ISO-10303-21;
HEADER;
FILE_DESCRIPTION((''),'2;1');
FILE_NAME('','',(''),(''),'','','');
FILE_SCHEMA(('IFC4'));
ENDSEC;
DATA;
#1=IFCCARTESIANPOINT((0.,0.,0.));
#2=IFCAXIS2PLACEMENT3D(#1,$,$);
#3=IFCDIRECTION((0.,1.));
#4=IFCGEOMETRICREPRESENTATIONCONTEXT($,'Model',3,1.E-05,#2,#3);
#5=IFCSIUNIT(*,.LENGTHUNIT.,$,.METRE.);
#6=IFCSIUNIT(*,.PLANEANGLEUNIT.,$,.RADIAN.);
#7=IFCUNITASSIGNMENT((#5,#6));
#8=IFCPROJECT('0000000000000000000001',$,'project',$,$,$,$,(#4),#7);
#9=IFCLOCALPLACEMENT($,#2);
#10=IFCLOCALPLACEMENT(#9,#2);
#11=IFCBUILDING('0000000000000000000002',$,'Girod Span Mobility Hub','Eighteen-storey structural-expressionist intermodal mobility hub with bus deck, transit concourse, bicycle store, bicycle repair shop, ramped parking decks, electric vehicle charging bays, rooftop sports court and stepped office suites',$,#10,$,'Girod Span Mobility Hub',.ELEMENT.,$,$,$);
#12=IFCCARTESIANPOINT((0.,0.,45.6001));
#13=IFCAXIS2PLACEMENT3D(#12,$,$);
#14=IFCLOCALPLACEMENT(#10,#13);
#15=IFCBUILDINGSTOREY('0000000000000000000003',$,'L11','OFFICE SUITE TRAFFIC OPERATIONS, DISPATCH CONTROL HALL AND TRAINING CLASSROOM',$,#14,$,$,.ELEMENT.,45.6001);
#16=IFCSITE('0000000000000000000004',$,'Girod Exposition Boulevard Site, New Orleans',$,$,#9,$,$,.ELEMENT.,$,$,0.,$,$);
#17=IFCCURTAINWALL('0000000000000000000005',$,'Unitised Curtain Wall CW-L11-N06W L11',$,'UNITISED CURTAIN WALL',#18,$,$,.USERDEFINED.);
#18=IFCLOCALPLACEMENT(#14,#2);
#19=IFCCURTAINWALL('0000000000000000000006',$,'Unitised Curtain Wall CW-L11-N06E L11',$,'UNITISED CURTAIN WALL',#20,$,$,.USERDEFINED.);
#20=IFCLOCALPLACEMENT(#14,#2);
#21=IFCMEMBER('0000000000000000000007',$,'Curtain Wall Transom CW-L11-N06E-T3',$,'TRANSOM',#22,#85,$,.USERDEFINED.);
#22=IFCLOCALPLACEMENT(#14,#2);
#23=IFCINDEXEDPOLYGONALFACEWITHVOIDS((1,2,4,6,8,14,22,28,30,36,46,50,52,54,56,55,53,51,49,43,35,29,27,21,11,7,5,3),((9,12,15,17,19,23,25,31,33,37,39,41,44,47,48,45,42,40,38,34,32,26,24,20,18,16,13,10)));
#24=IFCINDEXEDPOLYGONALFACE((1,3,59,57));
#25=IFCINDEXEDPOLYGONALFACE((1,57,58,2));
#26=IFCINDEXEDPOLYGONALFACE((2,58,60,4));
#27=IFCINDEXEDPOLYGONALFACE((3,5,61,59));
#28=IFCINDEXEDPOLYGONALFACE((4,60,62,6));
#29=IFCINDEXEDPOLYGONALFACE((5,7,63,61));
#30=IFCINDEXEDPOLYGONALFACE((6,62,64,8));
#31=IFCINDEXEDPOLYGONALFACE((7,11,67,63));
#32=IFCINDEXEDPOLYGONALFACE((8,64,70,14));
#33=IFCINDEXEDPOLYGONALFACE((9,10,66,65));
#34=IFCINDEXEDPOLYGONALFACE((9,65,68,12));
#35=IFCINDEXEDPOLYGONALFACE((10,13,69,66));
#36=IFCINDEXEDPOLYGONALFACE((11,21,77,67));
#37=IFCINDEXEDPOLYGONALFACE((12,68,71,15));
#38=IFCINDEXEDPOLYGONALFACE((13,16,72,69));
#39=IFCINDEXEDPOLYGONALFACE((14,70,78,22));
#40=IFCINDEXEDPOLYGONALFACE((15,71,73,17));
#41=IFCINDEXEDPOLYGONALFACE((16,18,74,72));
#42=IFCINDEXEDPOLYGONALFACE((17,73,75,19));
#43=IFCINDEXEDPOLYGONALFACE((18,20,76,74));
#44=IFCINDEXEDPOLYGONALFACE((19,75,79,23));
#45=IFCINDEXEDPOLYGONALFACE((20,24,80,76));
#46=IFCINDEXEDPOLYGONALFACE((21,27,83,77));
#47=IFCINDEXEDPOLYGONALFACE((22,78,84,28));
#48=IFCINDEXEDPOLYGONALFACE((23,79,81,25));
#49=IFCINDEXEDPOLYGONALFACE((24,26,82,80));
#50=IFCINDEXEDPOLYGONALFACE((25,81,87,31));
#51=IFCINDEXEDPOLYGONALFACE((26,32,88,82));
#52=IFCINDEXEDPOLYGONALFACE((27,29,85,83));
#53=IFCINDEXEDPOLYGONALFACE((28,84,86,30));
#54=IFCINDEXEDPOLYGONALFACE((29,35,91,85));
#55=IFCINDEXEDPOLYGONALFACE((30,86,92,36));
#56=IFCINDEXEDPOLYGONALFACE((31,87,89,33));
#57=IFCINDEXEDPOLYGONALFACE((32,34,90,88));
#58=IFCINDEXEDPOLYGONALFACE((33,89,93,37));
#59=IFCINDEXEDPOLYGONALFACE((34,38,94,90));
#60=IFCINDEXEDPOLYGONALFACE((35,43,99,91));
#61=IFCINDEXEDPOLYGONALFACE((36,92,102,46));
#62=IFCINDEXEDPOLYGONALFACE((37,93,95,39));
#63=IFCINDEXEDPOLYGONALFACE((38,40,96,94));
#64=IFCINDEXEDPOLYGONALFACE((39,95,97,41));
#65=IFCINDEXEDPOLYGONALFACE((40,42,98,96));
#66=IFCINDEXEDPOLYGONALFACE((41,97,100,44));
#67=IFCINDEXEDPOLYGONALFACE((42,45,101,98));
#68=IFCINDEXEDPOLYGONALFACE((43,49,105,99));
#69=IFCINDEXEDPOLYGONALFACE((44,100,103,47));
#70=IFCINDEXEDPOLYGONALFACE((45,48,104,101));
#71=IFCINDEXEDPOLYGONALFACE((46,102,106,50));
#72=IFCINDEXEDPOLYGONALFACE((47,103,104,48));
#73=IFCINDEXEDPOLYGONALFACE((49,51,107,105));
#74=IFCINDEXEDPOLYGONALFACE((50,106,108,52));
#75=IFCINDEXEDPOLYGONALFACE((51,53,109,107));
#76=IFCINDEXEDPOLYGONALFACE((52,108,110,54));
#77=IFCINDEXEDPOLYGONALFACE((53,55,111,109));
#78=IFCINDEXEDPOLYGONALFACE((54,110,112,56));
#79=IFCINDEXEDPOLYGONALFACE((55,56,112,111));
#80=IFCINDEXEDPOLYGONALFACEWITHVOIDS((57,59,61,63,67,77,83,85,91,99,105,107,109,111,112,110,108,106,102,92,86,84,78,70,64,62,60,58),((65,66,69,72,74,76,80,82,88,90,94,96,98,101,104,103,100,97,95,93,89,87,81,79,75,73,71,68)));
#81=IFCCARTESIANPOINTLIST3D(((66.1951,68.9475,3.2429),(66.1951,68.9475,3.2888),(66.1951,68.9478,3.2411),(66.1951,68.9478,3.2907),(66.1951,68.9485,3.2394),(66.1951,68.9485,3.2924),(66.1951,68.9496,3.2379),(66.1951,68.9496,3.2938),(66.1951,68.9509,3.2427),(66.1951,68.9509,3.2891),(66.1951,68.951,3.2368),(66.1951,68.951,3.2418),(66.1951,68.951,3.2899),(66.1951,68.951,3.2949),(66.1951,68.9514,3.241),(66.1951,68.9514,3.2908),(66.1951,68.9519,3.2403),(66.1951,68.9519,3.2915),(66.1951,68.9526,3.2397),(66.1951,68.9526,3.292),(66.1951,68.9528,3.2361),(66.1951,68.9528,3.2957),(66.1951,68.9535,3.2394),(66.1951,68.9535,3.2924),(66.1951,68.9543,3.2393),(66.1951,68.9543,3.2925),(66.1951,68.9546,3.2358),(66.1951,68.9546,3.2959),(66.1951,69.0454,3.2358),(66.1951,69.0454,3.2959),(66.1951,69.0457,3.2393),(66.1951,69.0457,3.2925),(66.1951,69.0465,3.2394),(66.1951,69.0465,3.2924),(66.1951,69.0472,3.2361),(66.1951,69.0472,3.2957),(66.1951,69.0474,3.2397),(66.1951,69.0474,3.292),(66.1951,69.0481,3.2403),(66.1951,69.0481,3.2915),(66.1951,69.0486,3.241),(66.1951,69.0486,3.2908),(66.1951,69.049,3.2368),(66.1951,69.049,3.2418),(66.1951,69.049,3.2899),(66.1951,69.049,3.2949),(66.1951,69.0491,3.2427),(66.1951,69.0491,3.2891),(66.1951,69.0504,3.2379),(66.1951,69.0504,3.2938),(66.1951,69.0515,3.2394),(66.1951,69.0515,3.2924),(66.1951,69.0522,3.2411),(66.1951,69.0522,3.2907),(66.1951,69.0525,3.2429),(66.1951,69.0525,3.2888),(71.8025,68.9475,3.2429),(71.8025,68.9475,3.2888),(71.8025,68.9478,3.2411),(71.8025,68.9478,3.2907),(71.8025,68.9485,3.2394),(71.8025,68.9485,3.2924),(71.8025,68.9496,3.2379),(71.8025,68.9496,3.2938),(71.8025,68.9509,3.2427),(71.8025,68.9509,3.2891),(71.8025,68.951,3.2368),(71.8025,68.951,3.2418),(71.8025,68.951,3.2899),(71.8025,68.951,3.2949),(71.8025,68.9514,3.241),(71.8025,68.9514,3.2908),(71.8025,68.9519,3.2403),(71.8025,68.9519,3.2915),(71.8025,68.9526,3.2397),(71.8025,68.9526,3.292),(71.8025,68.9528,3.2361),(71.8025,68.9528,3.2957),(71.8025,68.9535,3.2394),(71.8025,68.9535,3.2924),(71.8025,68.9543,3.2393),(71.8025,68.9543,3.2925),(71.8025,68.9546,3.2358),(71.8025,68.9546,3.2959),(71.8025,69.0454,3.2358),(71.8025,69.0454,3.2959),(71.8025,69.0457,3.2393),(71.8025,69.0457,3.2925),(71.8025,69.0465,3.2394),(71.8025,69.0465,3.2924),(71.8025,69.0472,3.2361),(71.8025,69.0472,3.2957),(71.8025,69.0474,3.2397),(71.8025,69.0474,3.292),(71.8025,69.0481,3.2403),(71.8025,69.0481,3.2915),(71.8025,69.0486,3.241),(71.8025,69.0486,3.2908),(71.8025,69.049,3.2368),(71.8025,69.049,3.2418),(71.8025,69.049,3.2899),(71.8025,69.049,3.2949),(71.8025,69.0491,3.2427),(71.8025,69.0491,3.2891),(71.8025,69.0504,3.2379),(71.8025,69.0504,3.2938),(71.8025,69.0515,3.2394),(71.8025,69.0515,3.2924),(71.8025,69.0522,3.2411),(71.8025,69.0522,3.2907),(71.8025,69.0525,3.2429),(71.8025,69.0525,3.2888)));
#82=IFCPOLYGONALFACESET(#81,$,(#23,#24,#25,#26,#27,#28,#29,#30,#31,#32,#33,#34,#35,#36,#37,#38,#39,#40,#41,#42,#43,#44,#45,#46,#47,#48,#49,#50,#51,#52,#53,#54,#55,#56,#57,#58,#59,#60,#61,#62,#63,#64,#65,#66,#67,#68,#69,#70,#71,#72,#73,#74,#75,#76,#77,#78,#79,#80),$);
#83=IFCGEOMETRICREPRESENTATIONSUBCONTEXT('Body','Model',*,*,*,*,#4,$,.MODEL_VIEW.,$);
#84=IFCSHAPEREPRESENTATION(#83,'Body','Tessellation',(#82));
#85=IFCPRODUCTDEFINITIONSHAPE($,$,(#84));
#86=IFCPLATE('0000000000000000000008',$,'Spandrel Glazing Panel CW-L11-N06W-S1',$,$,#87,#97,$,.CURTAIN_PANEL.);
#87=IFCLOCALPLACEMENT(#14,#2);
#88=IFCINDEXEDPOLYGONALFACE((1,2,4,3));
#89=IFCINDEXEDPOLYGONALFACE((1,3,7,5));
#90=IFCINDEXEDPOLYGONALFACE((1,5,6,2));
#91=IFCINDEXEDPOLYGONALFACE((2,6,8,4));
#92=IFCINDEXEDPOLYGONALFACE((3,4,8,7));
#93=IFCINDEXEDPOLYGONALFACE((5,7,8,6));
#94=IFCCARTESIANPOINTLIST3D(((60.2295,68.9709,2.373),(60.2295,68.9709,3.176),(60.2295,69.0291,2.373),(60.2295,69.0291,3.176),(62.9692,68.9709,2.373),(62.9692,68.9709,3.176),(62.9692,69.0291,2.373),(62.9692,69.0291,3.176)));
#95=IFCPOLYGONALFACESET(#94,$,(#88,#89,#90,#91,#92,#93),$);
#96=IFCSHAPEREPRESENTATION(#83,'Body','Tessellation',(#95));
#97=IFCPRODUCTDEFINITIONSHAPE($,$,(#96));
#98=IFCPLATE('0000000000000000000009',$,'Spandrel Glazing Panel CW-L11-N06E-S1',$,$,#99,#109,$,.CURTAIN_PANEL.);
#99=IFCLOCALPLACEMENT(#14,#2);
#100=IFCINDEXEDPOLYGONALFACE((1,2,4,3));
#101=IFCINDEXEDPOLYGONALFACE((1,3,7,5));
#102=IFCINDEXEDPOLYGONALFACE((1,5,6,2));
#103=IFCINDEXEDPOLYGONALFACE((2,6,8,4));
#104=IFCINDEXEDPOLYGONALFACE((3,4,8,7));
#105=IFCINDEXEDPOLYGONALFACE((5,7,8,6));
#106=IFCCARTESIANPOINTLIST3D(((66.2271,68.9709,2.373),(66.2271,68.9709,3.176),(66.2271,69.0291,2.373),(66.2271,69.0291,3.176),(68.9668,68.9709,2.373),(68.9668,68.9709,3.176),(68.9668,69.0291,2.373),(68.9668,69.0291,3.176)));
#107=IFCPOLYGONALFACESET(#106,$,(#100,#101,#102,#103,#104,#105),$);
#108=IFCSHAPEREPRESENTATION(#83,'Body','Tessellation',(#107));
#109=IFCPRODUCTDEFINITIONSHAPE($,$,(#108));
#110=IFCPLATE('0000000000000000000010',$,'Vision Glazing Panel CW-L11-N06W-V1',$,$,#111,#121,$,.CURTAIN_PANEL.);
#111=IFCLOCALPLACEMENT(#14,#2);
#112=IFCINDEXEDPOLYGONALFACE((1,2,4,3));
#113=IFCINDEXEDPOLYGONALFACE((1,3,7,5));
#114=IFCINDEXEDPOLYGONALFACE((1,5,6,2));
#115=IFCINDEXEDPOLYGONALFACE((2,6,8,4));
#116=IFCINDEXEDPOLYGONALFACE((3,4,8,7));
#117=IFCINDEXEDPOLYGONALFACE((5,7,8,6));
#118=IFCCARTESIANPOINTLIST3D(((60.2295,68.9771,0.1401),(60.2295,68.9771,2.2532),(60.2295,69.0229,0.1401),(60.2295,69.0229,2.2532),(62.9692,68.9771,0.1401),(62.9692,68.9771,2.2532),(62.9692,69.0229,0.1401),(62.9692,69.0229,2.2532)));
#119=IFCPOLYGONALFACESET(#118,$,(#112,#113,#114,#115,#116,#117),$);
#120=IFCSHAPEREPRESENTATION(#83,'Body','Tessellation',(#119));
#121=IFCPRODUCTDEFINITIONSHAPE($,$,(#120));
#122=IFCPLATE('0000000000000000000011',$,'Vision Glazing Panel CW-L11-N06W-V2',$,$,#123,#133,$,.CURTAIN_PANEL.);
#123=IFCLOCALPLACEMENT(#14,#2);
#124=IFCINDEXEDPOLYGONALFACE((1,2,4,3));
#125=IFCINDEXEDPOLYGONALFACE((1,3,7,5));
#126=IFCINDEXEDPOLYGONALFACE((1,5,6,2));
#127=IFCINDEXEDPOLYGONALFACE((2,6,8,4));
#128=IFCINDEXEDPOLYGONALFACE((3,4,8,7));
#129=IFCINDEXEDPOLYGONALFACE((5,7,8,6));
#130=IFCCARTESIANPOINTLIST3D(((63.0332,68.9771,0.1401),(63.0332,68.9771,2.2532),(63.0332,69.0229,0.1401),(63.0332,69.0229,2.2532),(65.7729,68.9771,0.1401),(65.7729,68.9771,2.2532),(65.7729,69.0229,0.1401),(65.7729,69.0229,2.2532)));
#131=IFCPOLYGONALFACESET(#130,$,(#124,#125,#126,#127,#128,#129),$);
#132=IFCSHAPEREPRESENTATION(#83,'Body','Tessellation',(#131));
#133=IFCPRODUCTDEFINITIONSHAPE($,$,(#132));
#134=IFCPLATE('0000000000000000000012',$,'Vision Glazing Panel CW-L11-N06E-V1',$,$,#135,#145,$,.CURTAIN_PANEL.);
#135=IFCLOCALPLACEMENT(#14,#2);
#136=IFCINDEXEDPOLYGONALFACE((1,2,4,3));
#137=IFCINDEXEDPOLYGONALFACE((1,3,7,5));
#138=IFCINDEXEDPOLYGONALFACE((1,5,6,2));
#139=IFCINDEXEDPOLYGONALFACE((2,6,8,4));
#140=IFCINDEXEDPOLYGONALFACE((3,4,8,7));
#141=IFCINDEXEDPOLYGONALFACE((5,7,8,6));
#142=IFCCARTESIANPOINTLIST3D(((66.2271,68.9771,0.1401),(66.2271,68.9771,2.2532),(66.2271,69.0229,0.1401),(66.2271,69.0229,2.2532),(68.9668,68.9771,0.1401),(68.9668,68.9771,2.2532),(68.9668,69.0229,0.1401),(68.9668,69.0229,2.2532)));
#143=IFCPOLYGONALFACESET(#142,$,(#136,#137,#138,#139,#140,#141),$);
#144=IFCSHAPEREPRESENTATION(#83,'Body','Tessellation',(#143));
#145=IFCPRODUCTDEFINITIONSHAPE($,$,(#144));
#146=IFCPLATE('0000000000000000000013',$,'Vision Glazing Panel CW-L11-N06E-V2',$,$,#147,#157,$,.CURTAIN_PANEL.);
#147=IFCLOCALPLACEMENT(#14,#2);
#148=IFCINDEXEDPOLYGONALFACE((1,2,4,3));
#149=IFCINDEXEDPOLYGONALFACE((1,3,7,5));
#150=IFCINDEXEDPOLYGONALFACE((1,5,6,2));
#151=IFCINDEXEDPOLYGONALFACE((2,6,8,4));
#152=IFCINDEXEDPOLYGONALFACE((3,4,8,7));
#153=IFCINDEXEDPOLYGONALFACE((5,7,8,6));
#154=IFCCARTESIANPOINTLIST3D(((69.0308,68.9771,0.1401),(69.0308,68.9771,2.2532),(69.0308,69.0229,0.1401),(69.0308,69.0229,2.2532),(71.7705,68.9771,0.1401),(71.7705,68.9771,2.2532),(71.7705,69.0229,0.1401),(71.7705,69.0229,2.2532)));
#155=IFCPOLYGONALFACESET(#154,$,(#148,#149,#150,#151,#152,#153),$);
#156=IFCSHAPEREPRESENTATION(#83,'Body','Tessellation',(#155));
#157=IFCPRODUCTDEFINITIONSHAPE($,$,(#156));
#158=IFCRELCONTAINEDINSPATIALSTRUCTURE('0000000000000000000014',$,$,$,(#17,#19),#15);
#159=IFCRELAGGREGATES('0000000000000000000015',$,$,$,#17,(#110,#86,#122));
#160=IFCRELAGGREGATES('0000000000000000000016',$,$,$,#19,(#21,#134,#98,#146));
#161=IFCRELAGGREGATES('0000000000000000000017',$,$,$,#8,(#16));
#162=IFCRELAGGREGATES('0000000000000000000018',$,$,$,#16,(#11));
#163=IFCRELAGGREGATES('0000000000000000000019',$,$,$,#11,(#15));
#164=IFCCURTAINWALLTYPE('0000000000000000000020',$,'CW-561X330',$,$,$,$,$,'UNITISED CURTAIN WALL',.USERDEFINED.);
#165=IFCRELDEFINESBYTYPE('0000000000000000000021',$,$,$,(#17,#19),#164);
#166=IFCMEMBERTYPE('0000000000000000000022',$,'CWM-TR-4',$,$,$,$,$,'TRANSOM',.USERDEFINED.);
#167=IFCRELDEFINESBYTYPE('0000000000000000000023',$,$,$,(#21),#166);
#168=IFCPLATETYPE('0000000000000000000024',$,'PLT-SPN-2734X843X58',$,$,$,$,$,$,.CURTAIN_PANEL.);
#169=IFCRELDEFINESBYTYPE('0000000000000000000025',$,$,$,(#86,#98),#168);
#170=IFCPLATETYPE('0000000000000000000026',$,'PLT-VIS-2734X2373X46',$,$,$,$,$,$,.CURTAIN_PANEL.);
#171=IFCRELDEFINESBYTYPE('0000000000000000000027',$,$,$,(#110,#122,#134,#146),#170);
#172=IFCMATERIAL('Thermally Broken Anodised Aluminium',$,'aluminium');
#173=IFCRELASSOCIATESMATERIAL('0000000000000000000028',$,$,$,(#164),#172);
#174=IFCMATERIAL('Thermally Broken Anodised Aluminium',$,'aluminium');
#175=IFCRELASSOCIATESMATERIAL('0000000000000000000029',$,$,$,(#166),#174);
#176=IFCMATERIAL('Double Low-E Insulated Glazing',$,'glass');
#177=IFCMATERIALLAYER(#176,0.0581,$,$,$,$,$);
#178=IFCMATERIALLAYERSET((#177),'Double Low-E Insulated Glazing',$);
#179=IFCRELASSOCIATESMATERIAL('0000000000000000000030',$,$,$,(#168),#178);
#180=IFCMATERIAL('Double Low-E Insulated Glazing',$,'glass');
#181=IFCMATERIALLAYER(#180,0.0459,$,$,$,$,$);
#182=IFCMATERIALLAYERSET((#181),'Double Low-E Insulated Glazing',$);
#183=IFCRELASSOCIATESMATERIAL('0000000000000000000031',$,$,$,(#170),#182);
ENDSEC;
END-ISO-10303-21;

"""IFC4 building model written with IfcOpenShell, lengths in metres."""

from ifc_helpers import new_model, si_unit, direction, frame, origin, origin_2d, place, context, subcontext, project, spatial, rectangle, hollow_rectangle, extrude, material, layer, layer_set, material_profile, profile_set, type_object, element, aggregate, save


model = new_model("IFC4")

# Units and contexts
model_context = context("Model", 3, precision=1e-05, world=origin(), true_north=direction((0.0, 1.0)))
body_context = subcontext(model_context, "Body", "Model", "MODEL_VIEW")
ifc_project = project(units=[si_unit("LENGTHUNIT", "METRE"), si_unit("PLANEANGLEUNIT", "RADIAN")], contexts=[model_context])

# Site, building, storey
site_placement = place(None, origin())
site = spatial("IfcSite", under=ifc_project, at=site_placement, Name="Girod Exposition Boulevard Site, New Orleans", CompositionType="ELEMENT", RefElevation=0.0)
building_placement = place(site_placement, origin())
building = spatial("IfcBuilding", under=site, at=building_placement, Name="Girod Span Mobility Hub", Description="Eighteen-storey structural-expressionist intermodal mobility hub with bus deck, transit concourse, bicycle store, bicycle repair shop, ramped parking decks, electric vehicle charging bays, rooftop sports court and stepped office suites", LongName="Girod Span Mobility Hub", CompositionType="ELEMENT")
storey_placement = place(building_placement, frame((0.0, 0.0, 45.6001)))
storey = spatial("IfcBuildingStorey", under=building, at=storey_placement, Name="L11", Description="OFFICE SUITE TRAFFIC OPERATIONS, DISPATCH CONTROL HALL AND TRAINING CLASSROOM", CompositionType="ELEMENT", Elevation=45.6001)

# Curtain walls, member
ifc_material_1 = material(Name="Thermally Broken Anodised Aluminium", Category="aluminium")
curtain_wall_type = type_object("IfcCurtainWallType", Name="CW-561X330", ElementType="UNITISED CURTAIN WALL", PredefinedType="USERDEFINED", material=ifc_material_1)
curtain_wall_1_placement = place(storey_placement, origin())
curtain_wall_1 = element("IfcCurtainWall", 1, at=curtain_wall_1_placement, inside=storey, type_object=curtain_wall_type, Name="Unitised Curtain Wall CW-L11-N06W L11", ObjectType="UNITISED CURTAIN WALL", PredefinedType="USERDEFINED")
curtain_wall_2_placement = place(storey_placement, origin())
curtain_wall_2 = element("IfcCurtainWall", 2, at=curtain_wall_2_placement, inside=storey, type_object=curtain_wall_type, Name="Unitised Curtain Wall CW-L11-N06E L11", ObjectType="UNITISED CURTAIN WALL", PredefinedType="USERDEFINED")
ifc_material_2 = material(Name="Thermally Broken Anodised Aluminium", Category="aluminium")
ifc_material_profile_1 = material_profile(ifc_material_2, hollow_rectangle(XDim=0.105, YDim=0.0601, WallThickness=0.0034, InnerFilletRadius=0.0034, OuterFilletRadius=0.0071, at=origin_2d()), Name="CW-TR-60X105")
ifc_profile_set_1 = profile_set([ifc_material_profile_1], Name="Thermally Broken Anodised Aluminium")
member_type_1 = type_object("IfcMemberType", Name="CWM-TR-4", ElementType="TRANSOM", PredefinedType="USERDEFINED", material=ifc_profile_set_1)
member_1_placement = place(storey_placement, frame((66.1951, 69.0, 3.2659), z_axis=(1.0, 0.0, 0.0), x_axis=(0.0, 1.0, 0.0)))
member_1 = element("IfcMember", 3, at=member_1_placement, type_object=member_type_1, Name="Curtain Wall Transom CW-L11-N06E-T3", ObjectType="TRANSOM", PredefinedType="USERDEFINED", context=body_context, shape_type="SweptSolid", body=[
    extrude(hollow_rectangle(XDim=0.105, YDim=0.0601, WallThickness=0.0034, InnerFilletRadius=0.0034, OuterFilletRadius=0.0071, at=origin_2d()), origin(), (0.0, 0.0, 1.0), 5.6074),
])

# Plates
ifc_material_3 = material(Name="Double Low-E Insulated Glazing", Category="glass")
ifc_layer_1 = layer(ifc_material_3, 0.0581)
ifc_layer_set_1 = layer_set([ifc_layer_1], Name="Double Low-E Insulated Glazing")
plate_type_1 = type_object("IfcPlateType", Name="PLT-SPN-2734X843X58", PredefinedType="CURTAIN_PANEL", material=ifc_layer_set_1)
plate_1_placement = place(storey_placement, frame((61.5994, 69.0, 2.373), z_axis=(0.0, 0.0, 1.0), x_axis=(1.0, 0.0, 0.0)))
plate_1 = element("IfcPlate", 4, at=plate_1_placement, type_object=plate_type_1, Name="Spandrel Glazing Panel CW-L11-N06W-S1", PredefinedType="CURTAIN_PANEL", context=body_context, shape_type="SweptSolid", body=[
    extrude(rectangle(XDim=2.7397, YDim=0.0581, at=origin_2d()), origin(), (0.0, 0.0, 1.0), 0.803),
])
plate_2_placement = place(storey_placement, frame((67.5969, 69.0, 2.373), z_axis=(0.0, 0.0, 1.0), x_axis=(1.0, 0.0, 0.0)))
plate_2 = element("IfcPlate", 5, at=plate_2_placement, type_object=plate_type_1, Name="Spandrel Glazing Panel CW-L11-N06E-S1", PredefinedType="CURTAIN_PANEL", context=body_context, shape_type="SweptSolid", body=[
    extrude(rectangle(XDim=2.7397, YDim=0.0581, at=origin_2d()), origin(), (0.0, 0.0, 1.0), 0.803),
])
ifc_material_4 = material(Name="Double Low-E Insulated Glazing", Category="glass")
ifc_layer_2 = layer(ifc_material_4, 0.0459)
ifc_layer_set_2 = layer_set([ifc_layer_2], Name="Double Low-E Insulated Glazing")
plate_type_2 = type_object("IfcPlateType", Name="PLT-VIS-2734X2373X46", PredefinedType="CURTAIN_PANEL", material=ifc_layer_set_2)
plate_3_placement = place(storey_placement, frame((61.5994, 69.0, 0.1401), z_axis=(0.0, 0.0, 1.0), x_axis=(1.0, 0.0, 0.0)))
plate_3 = element("IfcPlate", 6, at=plate_3_placement, type_object=plate_type_2, Name="Vision Glazing Panel CW-L11-N06W-V1", PredefinedType="CURTAIN_PANEL", context=body_context, shape_type="SweptSolid", body=[
    extrude(rectangle(XDim=2.7397, YDim=0.0459, at=origin_2d()), origin(), (0.0, 0.0, 1.0), 2.113),
])
plate_4_placement = place(storey_placement, frame((64.4031, 69.0, 0.1401), z_axis=(0.0, 0.0, 1.0), x_axis=(1.0, 0.0, 0.0)))
plate_4 = element("IfcPlate", 7, at=plate_4_placement, type_object=plate_type_2, Name="Vision Glazing Panel CW-L11-N06W-V2", PredefinedType="CURTAIN_PANEL", context=body_context, shape_type="SweptSolid", body=[
    extrude(rectangle(XDim=2.7397, YDim=0.0459, at=origin_2d()), origin(), (0.0, 0.0, 1.0), 2.113),
])
aggregate(curtain_wall_1, [plate_3, plate_1, plate_4])
plate_5_placement = place(storey_placement, frame((67.5969, 69.0, 0.1401), z_axis=(0.0, 0.0, 1.0), x_axis=(1.0, 0.0, 0.0)))
plate_5 = element("IfcPlate", 8, at=plate_5_placement, type_object=plate_type_2, Name="Vision Glazing Panel CW-L11-N06E-V1", PredefinedType="CURTAIN_PANEL", context=body_context, shape_type="SweptSolid", body=[
    extrude(rectangle(XDim=2.7397, YDim=0.0459, at=origin_2d()), origin(), (0.0, 0.0, 1.0), 2.113),
])
plate_6_placement = place(storey_placement, frame((70.4006, 69.0, 0.1401), z_axis=(0.0, 0.0, 1.0), x_axis=(1.0, 0.0, 0.0)))
plate_6 = element("IfcPlate", 9, at=plate_6_placement, type_object=plate_type_2, Name="Vision Glazing Panel CW-L11-N06E-V2", PredefinedType="CURTAIN_PANEL", context=body_context, shape_type="SweptSolid", body=[
    extrude(rectangle(XDim=2.7397, YDim=0.0459, at=origin_2d()), origin(), (0.0, 0.0, 1.0), 2.113),
])
aggregate(curtain_wall_2, [member_1, plate_5, plate_2, plate_6])

save(model, "model.ifc")
